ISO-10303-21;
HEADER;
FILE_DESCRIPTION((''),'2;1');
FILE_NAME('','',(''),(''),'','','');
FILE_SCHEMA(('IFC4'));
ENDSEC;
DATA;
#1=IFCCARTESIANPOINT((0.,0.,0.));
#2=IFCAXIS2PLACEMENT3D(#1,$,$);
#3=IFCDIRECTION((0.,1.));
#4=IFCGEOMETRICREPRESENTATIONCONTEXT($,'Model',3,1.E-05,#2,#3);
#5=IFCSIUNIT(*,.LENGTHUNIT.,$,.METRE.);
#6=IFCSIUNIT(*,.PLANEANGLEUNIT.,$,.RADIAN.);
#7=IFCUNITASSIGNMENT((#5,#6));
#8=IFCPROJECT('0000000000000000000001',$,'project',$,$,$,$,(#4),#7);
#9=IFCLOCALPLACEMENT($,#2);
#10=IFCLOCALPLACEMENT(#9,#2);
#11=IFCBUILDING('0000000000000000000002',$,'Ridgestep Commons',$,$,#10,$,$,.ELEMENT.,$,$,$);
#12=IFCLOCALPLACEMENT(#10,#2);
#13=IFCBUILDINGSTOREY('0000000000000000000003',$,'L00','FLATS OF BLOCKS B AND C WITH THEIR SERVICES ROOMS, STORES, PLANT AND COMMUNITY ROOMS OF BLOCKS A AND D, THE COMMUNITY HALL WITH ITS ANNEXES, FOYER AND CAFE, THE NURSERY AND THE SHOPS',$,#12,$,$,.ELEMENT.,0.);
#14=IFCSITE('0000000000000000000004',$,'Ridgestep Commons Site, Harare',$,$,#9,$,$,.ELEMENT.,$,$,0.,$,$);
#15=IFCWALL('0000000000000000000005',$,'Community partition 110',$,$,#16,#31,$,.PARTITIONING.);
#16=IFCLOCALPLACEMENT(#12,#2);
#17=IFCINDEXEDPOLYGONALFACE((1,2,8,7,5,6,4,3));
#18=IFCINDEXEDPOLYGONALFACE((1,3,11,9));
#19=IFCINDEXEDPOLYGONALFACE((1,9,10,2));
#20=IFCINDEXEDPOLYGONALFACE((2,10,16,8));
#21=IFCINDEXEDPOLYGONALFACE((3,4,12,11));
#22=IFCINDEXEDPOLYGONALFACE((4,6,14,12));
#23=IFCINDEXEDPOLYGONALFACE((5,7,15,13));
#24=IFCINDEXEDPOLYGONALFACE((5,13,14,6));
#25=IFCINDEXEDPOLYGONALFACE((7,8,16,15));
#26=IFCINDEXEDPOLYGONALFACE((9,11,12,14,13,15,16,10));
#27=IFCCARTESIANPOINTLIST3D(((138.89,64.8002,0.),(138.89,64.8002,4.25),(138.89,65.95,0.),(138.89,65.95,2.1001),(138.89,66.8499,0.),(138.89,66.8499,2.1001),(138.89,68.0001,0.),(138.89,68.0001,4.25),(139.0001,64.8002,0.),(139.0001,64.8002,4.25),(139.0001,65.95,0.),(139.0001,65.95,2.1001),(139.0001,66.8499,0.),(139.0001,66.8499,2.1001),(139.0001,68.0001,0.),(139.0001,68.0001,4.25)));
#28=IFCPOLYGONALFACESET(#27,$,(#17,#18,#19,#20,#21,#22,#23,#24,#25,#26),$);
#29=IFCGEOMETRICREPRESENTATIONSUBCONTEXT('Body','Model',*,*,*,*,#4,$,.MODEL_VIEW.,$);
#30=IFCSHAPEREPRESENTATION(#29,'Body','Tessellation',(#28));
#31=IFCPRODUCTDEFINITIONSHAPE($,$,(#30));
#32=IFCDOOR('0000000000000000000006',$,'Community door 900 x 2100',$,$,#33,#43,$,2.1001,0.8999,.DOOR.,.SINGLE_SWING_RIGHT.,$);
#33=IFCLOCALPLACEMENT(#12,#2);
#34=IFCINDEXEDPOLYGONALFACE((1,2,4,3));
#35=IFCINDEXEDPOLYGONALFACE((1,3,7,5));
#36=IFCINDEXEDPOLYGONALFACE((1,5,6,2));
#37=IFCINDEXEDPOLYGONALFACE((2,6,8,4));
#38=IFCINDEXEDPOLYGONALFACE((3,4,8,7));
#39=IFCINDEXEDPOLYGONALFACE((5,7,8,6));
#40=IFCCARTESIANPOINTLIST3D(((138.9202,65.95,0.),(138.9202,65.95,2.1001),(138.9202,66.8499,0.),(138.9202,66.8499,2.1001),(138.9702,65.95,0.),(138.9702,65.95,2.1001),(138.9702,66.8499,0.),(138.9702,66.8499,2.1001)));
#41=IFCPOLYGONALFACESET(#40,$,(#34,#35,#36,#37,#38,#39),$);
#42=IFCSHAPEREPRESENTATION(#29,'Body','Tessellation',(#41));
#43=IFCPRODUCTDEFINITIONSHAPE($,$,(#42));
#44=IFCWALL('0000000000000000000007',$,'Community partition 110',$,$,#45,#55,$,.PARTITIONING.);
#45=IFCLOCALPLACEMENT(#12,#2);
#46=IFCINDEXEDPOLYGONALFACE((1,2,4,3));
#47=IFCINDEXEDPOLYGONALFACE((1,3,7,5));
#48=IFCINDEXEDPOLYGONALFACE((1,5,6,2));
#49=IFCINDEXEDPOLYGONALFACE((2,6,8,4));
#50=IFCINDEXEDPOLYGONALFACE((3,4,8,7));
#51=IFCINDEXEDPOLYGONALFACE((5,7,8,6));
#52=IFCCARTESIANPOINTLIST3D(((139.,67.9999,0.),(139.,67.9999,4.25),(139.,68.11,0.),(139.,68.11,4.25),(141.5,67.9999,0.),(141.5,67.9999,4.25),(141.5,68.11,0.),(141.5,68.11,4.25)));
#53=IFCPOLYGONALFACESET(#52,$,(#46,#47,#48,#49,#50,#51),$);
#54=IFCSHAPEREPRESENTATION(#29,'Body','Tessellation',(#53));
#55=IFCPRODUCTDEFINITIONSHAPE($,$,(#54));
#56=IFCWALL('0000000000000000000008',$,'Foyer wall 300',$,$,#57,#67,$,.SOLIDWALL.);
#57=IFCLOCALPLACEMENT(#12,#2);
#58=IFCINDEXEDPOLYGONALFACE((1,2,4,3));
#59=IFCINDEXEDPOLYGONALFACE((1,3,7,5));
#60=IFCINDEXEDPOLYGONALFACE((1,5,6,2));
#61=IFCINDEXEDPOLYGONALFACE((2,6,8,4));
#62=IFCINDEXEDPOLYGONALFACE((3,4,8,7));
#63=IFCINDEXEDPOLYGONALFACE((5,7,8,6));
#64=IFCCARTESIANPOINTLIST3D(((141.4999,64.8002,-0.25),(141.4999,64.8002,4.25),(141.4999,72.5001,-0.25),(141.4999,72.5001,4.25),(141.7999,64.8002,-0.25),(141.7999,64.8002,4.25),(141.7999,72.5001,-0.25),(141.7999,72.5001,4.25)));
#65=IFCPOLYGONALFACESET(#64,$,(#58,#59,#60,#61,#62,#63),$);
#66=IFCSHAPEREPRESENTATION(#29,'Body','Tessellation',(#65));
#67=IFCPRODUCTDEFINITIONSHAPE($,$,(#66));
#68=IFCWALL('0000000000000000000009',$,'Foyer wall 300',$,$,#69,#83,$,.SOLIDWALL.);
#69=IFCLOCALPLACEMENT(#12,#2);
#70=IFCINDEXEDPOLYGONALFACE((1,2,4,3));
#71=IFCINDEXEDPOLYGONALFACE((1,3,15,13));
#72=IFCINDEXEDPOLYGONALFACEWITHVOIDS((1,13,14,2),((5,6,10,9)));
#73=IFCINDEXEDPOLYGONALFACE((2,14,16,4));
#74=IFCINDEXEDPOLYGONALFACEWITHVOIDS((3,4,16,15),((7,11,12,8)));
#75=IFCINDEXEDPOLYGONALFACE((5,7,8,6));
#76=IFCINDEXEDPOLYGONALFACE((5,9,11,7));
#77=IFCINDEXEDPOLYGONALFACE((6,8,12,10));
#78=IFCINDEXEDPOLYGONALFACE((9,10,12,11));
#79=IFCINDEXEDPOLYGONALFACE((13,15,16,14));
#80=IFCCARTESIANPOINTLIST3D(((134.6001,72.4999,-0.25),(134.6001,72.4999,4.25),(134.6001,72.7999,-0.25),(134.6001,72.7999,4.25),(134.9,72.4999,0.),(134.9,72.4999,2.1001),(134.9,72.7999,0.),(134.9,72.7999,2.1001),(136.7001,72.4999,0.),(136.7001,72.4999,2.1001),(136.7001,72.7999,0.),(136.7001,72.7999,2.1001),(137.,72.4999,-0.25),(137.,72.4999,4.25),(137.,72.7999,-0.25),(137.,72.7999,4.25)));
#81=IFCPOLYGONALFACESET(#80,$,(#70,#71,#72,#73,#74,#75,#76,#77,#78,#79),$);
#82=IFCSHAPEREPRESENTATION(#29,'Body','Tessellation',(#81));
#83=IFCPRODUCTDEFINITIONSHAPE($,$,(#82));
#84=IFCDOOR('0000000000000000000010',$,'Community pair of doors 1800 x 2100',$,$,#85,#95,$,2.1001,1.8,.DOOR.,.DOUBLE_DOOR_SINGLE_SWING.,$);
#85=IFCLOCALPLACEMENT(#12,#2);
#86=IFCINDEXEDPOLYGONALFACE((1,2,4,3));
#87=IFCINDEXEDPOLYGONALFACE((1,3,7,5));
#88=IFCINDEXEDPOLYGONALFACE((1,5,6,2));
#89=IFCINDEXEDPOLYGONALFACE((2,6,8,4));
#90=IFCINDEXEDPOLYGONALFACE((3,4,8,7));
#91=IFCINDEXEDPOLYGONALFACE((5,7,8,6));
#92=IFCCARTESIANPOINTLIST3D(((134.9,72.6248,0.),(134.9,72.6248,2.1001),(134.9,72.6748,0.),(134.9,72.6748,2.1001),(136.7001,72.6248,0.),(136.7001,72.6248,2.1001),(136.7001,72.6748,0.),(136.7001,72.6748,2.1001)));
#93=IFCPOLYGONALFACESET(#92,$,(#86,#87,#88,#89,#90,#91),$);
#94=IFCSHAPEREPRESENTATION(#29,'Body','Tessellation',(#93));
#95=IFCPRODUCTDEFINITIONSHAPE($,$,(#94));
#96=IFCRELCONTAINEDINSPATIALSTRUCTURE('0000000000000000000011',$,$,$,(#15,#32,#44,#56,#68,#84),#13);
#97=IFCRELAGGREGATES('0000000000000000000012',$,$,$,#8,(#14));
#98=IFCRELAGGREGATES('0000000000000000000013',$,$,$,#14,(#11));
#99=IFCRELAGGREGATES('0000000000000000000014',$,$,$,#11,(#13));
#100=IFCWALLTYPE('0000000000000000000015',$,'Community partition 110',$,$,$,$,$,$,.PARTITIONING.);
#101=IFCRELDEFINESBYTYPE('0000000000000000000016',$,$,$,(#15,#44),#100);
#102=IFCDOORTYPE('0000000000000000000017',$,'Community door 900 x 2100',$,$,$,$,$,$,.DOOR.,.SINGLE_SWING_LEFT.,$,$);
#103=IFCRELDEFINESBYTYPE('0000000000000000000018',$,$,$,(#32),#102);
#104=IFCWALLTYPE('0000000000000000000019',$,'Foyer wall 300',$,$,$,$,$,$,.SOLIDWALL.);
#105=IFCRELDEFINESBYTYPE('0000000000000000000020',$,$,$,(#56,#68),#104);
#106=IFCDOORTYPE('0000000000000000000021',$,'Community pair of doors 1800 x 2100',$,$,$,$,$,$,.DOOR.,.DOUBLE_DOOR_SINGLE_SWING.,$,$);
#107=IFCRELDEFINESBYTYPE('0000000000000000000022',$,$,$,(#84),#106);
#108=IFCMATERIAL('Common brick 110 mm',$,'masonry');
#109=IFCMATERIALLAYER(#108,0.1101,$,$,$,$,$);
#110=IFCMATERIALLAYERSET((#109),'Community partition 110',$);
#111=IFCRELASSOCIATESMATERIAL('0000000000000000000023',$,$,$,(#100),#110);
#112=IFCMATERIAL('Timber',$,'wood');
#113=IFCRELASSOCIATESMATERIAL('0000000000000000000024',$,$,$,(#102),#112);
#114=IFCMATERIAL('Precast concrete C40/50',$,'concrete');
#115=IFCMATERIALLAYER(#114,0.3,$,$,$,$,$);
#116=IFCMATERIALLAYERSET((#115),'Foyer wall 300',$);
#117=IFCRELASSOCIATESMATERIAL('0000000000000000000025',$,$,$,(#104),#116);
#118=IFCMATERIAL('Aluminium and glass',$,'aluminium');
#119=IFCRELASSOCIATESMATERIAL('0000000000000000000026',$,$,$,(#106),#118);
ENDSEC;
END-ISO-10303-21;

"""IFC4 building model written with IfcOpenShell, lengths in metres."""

from ifc_helpers import new_model, si_unit, direction, frame, frame_2d, origin, place, context, subcontext, project, spatial, rectangle, extrude, material, layer, layer_set, type_object, element, fill, save


model = new_model("IFC4")

# Units and contexts
model_context = context("Model", 3, precision=1e-05, world=origin(), true_north=direction((0.0, 1.0)))
body_context = subcontext(model_context, "Body", "Model", "MODEL_VIEW")
ifc_project = project(units=[si_unit("LENGTHUNIT", "METRE"), si_unit("PLANEANGLEUNIT", "RADIAN")], contexts=[model_context])

# Site, building, storey
site_placement = place(None, origin())
site = spatial("IfcSite", under=ifc_project, at=site_placement, Name="Ridgestep Commons Site, Harare", CompositionType="ELEMENT", RefElevation=0.0)
building_placement = place(site_placement, origin())
building = spatial("IfcBuilding", under=site, at=building_placement, Name="Ridgestep Commons", CompositionType="ELEMENT")
storey_placement = place(building_placement, origin())
storey = spatial("IfcBuildingStorey", under=building, at=storey_placement, Name="L00", Description="FLATS OF BLOCKS B AND C WITH THEIR SERVICES ROOMS, STORES, PLANT AND COMMUNITY ROOMS OF BLOCKS A AND D, THE COMMUNITY HALL WITH ITS ANNEXES, FOYER AND CAFE, THE NURSERY AND THE SHOPS", CompositionType="ELEMENT", Elevation=0.0)

# Wall, opening, door
ifc_material_1 = material(Name="Common brick 110 mm", Category="masonry")
ifc_layer_1 = layer(ifc_material_1, 0.1101)
ifc_layer_set_1 = layer_set([ifc_layer_1], Name="Community partition 110")
wall_type_1 = type_object("IfcWallType", Name="Community partition 110", PredefinedType="PARTITIONING", material=ifc_layer_set_1)
wall_1_placement = place(storey_placement, frame((138.9451, 64.8, 0.0), z_axis=(0.0, 0.0, 1.0), x_axis=(0.0, 1.0, 0.0)))
wall_1 = element("IfcWall", 1, at=wall_1_placement, inside=storey, type_object=wall_type_1, Name="Community partition 110", PredefinedType="PARTITIONING", context=body_context, shape_type="SweptSolid", body=[
    extrude(rectangle(XDim=3.2, YDim=0.1101, at=frame_2d((1.6001, 0.0))), origin(), (0.0, 0.0, 1.0), 4.25),
])
opening_1_placement = place(wall_1_placement, frame((1.1499, 0.0, 0.0)))
opening_1 = element("IfcOpeningElement", 2, at=opening_1_placement, cuts=wall_1, PredefinedType="OPENING", context=body_context, shape_type="SweptSolid", body=[
    extrude(rectangle(XDim=0.8999, YDim=2.1001, at=frame_2d((0.45, 1.05))), frame((0.0, 0.0649, 0.0), z_axis=(0.0, -1.0, 0.0), x_axis=(1.0, 0.0, 0.0)), (0.0, 0.0, 1.0), 0.1301),
])
ifc_material_2 = material(Name="Timber", Category="wood")
door_type_1 = type_object("IfcDoorType", Name="Community door 900 x 2100", OperationType="SINGLE_SWING_LEFT", PredefinedType="DOOR", material=ifc_material_2)
door_1_placement = place(opening_1_placement, origin())
door_1 = element("IfcDoor", 3, at=door_1_placement, inside=storey, type_object=door_type_1, Name="Community door 900 x 2100", OperationType="SINGLE_SWING_RIGHT", OverallHeight=2.1001, OverallWidth=0.8999, PredefinedType="DOOR", context=body_context, shape_type="SweptSolid", body=[
    extrude(rectangle(XDim=0.8999, YDim=2.1001, at=frame_2d((0.45, 1.05))), frame((0.0, 0.0249, 0.0), z_axis=(0.0, -1.0, 0.0), x_axis=(1.0, 0.0, 0.0)), (0.0, 0.0, 1.0), 0.05),
])
fill(opening_1, door_1)

# Walls
wall_2_placement = place(storey_placement, frame((139.0, 68.0549, 0.0), z_axis=(0.0, 0.0, 1.0), x_axis=(1.0, 0.0, 0.0)))
element("IfcWall", 4, at=wall_2_placement, inside=storey, type_object=wall_type_1, Name="Community partition 110", PredefinedType="PARTITIONING", context=body_context, shape_type="SweptSolid", body=[
    extrude(rectangle(XDim=2.5, YDim=0.1101, at=frame_2d((1.25, 0.0))), origin(), (0.0, 0.0, 1.0), 4.25),
])
ifc_material_3 = material(Name="Precast concrete C40/50", Category="concrete")
ifc_layer_2 = layer(ifc_material_3, 0.3)
ifc_layer_set_2 = layer_set([ifc_layer_2], Name="Foyer wall 300")
wall_type_2 = type_object("IfcWallType", Name="Foyer wall 300", PredefinedType="SOLIDWALL", material=ifc_layer_set_2)
wall_3_placement = place(storey_placement, frame((141.6499, 64.8, -0.25), z_axis=(0.0, 0.0, 1.0), x_axis=(0.0, 1.0, 0.0)))
element("IfcWall", 5, at=wall_3_placement, inside=storey, type_object=wall_type_2, Name="Foyer wall 300", PredefinedType="SOLIDWALL", context=body_context, shape_type="SweptSolid", body=[
    extrude(rectangle(XDim=7.7, YDim=0.3, at=frame_2d((3.8501, 0.0))), origin(), (0.0, 0.0, 1.0), 4.5),
])

# Wall, opening, door
wall_4_placement = place(storey_placement, frame((134.6001, 72.6499, -0.25), z_axis=(0.0, 0.0, 1.0), x_axis=(1.0, 0.0, 0.0)))
wall_4 = element("IfcWall", 6, at=wall_4_placement, inside=storey, type_object=wall_type_2, Name="Foyer wall 300", PredefinedType="SOLIDWALL", context=body_context, shape_type="SweptSolid", body=[
    extrude(rectangle(XDim=2.3999, YDim=0.3, at=frame_2d((1.2, 0.0))), origin(), (0.0, 0.0, 1.0), 4.5),
])
opening_2_placement = place(wall_4_placement, frame((0.3, 0.0, 0.25)))
opening_2 = element("IfcOpeningElement", 7, at=opening_2_placement, cuts=wall_4, PredefinedType="OPENING", context=body_context, shape_type="SweptSolid", body=[
    extrude(rectangle(XDim=1.8, YDim=2.1001, at=frame_2d((0.8999, 1.05))), frame((0.0, 0.1599, 0.0), z_axis=(0.0, -1.0, 0.0), x_axis=(1.0, 0.0, 0.0)), (0.0, 0.0, 1.0), 0.3201),
])
ifc_material_4 = material(Name="Aluminium and glass", Category="aluminium")
door_type_2 = type_object("IfcDoorType", Name="Community pair of doors 1800 x 2100", OperationType="DOUBLE_DOOR_SINGLE_SWING", PredefinedType="DOOR", material=ifc_material_4)
door_2_placement = place(opening_2_placement, origin())
door_2 = element("IfcDoor", 8, at=door_2_placement, inside=storey, type_object=door_type_2, Name="Community pair of doors 1800 x 2100", OperationType="DOUBLE_DOOR_SINGLE_SWING", OverallHeight=2.1001, OverallWidth=1.8, PredefinedType="DOOR", context=body_context, shape_type="SweptSolid", body=[
    extrude(rectangle(XDim=1.8, YDim=2.1001, at=frame_2d((0.8999, 1.05))), frame((0.0, 0.0249, 0.0), z_axis=(0.0, -1.0, 0.0), x_axis=(1.0, 0.0, 0.0)), (0.0, 0.0, 1.0), 0.05),
])
fill(opening_2, door_2)

save(model, "model.ifc")
